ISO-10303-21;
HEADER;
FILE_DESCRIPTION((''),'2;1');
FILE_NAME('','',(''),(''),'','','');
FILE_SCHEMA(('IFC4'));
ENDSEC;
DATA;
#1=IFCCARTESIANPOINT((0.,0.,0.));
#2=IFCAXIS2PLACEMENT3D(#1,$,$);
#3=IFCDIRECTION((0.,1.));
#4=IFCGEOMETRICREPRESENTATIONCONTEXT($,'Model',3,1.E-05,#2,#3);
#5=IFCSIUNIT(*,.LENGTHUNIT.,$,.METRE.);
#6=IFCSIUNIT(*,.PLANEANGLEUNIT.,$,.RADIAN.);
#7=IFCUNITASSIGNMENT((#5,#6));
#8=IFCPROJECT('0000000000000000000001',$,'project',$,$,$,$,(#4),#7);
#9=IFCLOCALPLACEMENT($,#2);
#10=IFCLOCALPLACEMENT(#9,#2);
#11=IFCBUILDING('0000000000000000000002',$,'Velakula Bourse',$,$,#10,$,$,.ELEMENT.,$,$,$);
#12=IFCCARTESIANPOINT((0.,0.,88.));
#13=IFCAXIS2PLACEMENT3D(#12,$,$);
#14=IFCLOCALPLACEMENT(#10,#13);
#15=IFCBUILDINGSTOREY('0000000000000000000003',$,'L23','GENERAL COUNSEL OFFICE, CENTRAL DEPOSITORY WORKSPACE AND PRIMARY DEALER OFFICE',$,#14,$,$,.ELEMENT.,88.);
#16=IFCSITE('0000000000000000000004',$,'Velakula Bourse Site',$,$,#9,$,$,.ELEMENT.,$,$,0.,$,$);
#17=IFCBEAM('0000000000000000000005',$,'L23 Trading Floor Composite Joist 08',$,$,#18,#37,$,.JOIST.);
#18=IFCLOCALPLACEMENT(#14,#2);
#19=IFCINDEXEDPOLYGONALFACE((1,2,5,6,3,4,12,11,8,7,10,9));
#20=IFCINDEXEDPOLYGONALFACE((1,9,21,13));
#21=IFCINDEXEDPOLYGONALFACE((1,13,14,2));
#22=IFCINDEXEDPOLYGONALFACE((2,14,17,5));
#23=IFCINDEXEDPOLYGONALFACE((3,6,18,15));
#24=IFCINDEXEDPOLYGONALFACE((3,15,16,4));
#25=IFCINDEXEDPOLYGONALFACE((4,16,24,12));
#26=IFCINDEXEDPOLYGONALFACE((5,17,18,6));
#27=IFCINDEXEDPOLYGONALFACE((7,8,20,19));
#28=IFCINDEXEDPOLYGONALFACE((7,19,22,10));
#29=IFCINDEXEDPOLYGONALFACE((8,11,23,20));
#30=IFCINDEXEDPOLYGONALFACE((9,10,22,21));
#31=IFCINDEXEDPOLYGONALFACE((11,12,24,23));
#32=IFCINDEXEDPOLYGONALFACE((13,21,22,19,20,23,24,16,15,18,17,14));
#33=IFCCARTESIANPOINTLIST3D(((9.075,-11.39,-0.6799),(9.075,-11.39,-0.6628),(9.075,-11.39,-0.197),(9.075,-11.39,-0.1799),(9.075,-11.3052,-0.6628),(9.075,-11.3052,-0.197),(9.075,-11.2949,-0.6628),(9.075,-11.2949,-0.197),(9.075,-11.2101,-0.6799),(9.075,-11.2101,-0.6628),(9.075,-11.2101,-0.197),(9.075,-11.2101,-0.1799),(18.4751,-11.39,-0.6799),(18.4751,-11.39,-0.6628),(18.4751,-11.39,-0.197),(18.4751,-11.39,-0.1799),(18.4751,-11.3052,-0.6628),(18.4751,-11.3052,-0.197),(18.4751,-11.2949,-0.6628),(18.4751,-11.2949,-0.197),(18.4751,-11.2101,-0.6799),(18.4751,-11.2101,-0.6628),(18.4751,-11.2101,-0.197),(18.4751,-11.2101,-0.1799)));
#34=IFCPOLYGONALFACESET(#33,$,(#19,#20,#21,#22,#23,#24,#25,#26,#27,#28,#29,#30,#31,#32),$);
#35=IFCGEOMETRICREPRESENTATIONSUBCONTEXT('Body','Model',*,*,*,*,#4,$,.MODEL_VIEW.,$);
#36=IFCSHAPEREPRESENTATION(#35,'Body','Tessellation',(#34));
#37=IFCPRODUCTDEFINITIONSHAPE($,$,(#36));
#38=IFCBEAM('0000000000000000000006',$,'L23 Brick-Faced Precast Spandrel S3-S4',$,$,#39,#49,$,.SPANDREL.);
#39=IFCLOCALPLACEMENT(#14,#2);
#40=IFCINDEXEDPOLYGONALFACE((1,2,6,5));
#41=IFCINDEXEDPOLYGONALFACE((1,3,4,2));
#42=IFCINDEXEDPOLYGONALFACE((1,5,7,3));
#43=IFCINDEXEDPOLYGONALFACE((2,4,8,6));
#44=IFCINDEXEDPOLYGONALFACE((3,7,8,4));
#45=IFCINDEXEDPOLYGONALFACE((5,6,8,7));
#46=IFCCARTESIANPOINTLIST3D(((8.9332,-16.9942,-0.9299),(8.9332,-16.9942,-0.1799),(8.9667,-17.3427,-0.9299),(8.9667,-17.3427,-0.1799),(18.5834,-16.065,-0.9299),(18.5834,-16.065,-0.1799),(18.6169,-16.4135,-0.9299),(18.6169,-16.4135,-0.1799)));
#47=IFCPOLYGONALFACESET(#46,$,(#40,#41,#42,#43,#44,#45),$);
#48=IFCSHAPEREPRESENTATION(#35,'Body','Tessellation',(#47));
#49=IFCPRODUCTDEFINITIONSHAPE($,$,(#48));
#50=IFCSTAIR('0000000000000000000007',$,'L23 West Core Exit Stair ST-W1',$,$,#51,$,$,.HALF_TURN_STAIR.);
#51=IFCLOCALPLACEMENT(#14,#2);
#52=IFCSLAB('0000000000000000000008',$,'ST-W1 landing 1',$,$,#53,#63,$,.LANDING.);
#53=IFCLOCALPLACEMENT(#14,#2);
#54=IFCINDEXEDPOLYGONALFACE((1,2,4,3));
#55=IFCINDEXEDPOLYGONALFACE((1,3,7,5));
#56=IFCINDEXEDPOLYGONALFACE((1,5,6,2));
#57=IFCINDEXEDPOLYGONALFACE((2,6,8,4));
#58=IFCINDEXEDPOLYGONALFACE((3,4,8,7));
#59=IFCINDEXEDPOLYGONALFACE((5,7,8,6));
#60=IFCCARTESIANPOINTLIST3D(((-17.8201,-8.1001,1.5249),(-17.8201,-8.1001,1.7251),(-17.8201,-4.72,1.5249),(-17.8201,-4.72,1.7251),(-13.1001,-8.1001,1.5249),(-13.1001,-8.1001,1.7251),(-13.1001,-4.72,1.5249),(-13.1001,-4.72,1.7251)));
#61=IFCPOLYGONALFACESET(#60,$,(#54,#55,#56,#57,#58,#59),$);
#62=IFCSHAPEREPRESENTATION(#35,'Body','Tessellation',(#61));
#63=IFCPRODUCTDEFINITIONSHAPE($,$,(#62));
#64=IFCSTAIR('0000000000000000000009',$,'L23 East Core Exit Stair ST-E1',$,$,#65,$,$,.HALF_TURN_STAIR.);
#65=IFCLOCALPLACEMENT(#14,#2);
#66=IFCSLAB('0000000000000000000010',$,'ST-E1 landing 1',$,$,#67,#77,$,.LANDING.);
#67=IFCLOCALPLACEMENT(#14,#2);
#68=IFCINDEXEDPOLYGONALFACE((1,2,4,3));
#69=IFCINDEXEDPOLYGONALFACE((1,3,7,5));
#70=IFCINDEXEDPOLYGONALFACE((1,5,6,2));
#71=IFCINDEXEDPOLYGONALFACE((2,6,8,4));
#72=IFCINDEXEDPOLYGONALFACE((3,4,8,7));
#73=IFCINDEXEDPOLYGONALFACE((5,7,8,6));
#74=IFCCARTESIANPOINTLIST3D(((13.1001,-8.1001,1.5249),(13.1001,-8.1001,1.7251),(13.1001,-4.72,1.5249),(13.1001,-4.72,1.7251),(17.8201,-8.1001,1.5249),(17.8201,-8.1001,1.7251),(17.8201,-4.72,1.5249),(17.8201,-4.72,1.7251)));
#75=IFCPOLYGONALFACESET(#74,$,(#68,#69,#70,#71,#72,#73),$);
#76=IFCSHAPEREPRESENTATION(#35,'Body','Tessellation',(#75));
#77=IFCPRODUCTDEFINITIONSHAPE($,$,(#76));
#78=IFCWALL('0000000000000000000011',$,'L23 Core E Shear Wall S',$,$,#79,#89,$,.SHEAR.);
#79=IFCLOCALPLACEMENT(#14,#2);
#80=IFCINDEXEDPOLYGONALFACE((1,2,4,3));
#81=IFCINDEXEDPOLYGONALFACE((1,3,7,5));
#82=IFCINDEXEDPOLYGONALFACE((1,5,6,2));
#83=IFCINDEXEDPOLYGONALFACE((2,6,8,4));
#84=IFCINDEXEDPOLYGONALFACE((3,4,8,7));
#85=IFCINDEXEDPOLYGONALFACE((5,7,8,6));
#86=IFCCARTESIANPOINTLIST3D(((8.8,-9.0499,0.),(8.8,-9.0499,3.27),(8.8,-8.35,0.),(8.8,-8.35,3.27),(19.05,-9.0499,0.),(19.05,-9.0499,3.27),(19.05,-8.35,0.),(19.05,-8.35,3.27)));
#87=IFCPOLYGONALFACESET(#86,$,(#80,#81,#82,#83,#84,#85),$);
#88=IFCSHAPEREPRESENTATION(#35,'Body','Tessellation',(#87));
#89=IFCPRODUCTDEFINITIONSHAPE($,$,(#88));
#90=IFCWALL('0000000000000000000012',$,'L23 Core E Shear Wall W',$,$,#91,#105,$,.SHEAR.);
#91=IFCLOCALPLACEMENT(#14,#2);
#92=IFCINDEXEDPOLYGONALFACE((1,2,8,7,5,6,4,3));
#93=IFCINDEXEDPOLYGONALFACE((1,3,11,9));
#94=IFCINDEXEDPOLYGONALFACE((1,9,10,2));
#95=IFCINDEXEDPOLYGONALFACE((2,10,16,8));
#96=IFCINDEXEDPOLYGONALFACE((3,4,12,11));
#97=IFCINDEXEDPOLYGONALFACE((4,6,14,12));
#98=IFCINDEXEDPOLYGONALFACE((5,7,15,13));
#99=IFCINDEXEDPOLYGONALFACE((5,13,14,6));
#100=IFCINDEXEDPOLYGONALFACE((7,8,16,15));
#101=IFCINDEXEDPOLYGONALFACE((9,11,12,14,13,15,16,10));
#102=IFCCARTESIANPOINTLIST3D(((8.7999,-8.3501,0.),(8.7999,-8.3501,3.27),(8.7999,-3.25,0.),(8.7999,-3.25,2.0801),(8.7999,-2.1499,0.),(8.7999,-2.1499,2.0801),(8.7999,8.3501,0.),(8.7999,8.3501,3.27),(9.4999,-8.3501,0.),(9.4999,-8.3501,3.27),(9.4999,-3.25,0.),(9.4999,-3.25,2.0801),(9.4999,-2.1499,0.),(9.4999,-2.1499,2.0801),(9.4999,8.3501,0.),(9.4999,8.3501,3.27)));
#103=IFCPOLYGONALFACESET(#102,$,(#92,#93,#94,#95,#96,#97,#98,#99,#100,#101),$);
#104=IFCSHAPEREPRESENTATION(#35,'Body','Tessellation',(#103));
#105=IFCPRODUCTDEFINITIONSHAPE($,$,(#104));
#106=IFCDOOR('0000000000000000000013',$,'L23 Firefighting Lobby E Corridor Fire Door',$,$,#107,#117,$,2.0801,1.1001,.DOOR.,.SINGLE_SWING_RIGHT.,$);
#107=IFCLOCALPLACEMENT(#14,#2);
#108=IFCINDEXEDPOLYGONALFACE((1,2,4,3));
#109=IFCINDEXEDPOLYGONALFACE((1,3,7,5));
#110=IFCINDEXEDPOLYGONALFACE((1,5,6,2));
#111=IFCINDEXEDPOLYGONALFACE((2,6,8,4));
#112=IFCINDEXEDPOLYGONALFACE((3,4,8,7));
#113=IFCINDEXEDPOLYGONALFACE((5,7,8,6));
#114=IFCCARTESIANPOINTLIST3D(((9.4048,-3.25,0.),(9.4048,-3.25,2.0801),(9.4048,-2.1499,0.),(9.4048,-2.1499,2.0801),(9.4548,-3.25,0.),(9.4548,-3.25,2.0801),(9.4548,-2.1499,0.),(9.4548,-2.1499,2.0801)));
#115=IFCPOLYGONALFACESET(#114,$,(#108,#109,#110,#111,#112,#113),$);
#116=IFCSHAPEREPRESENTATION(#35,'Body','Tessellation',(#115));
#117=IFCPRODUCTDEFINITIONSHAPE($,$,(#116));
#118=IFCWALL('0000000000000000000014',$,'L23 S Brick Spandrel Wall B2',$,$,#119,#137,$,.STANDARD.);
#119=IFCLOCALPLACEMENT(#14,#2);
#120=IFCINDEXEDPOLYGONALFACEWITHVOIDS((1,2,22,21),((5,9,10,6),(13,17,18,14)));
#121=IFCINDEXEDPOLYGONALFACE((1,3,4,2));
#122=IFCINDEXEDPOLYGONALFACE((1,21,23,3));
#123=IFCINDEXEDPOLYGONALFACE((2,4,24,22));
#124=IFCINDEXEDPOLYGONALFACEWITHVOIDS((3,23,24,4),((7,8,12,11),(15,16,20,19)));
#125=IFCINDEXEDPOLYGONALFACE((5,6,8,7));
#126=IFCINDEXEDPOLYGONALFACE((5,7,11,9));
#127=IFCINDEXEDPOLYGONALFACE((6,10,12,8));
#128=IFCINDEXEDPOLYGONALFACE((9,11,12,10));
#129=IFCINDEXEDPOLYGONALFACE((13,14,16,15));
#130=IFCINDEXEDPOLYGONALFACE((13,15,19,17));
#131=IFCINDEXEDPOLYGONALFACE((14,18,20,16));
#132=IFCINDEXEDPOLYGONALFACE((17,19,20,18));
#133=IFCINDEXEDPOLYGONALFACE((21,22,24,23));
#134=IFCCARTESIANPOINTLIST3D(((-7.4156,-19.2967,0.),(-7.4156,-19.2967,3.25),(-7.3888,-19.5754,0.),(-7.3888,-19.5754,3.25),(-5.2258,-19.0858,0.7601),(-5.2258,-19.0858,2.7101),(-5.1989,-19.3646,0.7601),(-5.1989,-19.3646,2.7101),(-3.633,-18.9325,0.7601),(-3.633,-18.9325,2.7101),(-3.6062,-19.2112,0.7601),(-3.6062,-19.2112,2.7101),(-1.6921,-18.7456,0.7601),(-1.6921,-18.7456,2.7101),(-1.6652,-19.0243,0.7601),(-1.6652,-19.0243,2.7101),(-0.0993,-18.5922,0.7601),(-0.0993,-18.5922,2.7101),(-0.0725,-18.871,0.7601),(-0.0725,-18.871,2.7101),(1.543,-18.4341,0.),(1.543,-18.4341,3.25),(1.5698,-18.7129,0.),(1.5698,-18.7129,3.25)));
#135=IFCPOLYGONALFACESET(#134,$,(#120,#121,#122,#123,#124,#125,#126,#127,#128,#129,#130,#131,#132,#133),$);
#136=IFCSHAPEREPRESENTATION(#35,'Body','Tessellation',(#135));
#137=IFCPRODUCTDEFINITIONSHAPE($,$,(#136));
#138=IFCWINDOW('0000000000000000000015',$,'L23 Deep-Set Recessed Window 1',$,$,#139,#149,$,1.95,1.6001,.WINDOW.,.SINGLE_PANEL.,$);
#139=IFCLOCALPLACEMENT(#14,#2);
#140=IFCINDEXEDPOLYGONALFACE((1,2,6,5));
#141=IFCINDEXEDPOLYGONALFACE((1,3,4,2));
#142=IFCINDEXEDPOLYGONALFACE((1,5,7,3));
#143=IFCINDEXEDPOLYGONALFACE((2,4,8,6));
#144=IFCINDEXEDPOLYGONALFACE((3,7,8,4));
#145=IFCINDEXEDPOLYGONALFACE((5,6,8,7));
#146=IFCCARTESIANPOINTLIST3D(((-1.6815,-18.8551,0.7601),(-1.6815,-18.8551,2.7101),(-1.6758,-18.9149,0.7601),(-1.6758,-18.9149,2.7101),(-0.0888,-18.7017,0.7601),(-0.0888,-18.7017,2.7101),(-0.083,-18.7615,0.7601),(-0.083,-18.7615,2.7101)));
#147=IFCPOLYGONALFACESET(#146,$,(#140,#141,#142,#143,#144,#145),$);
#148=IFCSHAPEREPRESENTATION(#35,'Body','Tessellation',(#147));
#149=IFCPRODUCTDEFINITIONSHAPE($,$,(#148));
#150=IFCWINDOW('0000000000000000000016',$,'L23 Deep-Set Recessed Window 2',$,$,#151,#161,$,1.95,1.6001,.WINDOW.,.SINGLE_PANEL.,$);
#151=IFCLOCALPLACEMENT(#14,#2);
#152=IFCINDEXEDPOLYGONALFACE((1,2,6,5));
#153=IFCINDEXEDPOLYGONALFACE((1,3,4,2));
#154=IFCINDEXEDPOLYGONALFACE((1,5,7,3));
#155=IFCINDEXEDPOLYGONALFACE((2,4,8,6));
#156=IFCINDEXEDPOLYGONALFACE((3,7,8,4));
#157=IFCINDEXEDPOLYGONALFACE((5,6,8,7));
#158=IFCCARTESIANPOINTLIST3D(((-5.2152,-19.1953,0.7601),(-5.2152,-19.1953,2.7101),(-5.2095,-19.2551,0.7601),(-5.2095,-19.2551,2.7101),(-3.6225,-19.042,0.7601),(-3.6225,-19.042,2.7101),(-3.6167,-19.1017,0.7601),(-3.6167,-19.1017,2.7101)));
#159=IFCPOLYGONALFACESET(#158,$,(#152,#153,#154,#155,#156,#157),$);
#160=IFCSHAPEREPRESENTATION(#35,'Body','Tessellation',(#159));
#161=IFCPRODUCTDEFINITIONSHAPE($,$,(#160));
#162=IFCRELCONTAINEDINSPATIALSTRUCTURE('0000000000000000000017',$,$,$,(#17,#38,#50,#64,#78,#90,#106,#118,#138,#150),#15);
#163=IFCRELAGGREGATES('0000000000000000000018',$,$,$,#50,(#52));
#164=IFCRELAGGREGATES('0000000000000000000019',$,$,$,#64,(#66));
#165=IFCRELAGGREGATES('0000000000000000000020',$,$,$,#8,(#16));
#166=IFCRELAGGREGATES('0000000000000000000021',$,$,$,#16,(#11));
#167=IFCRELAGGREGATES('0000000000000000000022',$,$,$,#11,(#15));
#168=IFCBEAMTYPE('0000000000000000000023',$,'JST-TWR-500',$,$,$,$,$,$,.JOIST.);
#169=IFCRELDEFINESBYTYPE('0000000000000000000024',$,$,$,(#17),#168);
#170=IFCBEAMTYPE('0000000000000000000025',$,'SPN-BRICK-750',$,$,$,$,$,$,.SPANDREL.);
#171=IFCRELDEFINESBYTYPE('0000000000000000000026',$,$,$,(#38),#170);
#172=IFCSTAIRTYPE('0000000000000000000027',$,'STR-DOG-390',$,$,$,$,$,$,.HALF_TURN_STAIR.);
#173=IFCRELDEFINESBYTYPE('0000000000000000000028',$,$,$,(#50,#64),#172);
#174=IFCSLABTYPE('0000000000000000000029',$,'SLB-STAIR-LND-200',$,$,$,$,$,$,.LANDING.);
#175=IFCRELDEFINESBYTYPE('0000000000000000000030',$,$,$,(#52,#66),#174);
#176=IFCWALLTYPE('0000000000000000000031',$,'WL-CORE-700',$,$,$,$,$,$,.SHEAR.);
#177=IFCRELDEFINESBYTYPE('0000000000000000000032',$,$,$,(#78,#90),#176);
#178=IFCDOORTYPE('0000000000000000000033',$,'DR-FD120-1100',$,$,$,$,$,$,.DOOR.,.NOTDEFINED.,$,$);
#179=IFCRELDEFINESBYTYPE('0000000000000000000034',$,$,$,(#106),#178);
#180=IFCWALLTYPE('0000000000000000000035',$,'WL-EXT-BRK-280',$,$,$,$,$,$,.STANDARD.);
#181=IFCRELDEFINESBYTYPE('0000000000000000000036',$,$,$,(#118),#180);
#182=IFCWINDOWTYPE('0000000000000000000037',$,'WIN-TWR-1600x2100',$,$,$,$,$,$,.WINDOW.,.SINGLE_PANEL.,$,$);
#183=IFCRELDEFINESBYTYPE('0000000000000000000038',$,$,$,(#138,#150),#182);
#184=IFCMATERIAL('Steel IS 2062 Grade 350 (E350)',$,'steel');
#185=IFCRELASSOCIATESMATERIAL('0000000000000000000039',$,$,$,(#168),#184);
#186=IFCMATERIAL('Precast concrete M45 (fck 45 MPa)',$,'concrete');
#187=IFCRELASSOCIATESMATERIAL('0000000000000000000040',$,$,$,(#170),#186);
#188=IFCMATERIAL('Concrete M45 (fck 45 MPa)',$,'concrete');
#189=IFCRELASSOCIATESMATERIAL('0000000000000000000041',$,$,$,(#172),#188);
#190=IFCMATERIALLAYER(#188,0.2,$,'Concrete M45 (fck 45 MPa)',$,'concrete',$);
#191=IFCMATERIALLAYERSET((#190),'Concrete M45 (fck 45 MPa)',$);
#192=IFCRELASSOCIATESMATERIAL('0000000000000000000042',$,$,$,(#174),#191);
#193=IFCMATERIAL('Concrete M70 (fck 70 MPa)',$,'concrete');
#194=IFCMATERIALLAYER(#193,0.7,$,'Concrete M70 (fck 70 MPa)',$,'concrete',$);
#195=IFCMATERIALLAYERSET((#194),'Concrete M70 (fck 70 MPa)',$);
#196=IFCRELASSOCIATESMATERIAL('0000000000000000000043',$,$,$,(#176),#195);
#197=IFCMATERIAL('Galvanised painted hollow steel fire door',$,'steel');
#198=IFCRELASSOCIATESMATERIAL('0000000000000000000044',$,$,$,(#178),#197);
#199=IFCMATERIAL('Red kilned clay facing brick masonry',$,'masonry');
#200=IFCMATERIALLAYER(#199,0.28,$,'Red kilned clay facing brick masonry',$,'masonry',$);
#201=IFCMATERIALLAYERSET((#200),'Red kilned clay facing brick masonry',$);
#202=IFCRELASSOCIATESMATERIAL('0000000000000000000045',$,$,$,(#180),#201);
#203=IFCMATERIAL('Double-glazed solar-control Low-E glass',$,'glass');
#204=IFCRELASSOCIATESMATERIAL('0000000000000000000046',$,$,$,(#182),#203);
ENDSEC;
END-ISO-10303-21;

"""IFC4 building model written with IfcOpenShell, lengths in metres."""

from ifc_helpers import new_model, si_unit, direction, frame, frame_2d, origin, origin_2d, place, context, subcontext, project, spatial, polyline, rectangle, i_section, outline, extrude, material, layer, layer_set, material_profile, profile_set, type_object, element, fill, aggregate, save


model = new_model("IFC4")

# Units and contexts
model_context = context("Model", 3, precision=1e-05, world=origin(), true_north=direction((0.0, 1.0)))
body_context = subcontext(model_context, "Body", "Model", "MODEL_VIEW")
ifc_project = project(units=[si_unit("LENGTHUNIT", "METRE"), si_unit("PLANEANGLEUNIT", "RADIAN")], contexts=[model_context])

# Site, building, storey
site_placement = place(None, origin())
site = spatial("IfcSite", under=ifc_project, at=site_placement, Name="Velakula Bourse Site", CompositionType="ELEMENT", RefElevation=0.0)
building_placement = place(site_placement, origin())
building = spatial("IfcBuilding", under=site, at=building_placement, Name="Velakula Bourse", CompositionType="ELEMENT")
storey_placement = place(building_placement, frame((0.0, 0.0, 88.0)))
storey = spatial("IfcBuildingStorey", under=building, at=storey_placement, Name="L23", Description="GENERAL COUNSEL OFFICE, CENTRAL DEPOSITORY WORKSPACE AND PRIMARY DEALER OFFICE", CompositionType="ELEMENT", Elevation=88.0)

# Shared definitions
ifc_material_1 = material(Name="Concrete M70 (fck 70 MPa)", Category="concrete")

# Beams
ifc_material_2 = material(Name="Steel IS 2062 Grade 350 (E350)", Category="steel")
ifc_material_profile_1 = material_profile(ifc_material_2, i_section(OverallWidth=0.1799, OverallDepth=0.5, WebThickness=0.0103, FlangeThickness=0.0171, at=origin_2d()), Name="Steel IS 2062 Grade 350 (E350)")
ifc_profile_set_1 = profile_set([ifc_material_profile_1], Name="Steel IS 2062 Grade 350 (E350)")
beam_type_1 = type_object("IfcBeamType", Name="JST-TWR-500", PredefinedType="JOIST", material=ifc_profile_set_1)
beam_1_placement = place(storey_placement, frame((9.075, -11.3, -0.4299), z_axis=(1.0, 0.0, 0.0), x_axis=(0.0, 1.0, 0.0)))
element("IfcBeam", 1, at=beam_1_placement, inside=storey, type_object=beam_type_1, Name="L23 Trading Floor Composite Joist 08", PredefinedType="JOIST", context=body_context, shape_type="SweptSolid", body=[
    extrude(i_section(OverallWidth=0.1799, OverallDepth=0.5, WebThickness=0.0103, FlangeThickness=0.0171, at=origin_2d()), origin(), (0.0, 0.0, 1.0), 9.4001),
])
ifc_material_3 = material(Name="Precast concrete M45 (fck 45 MPa)", Category="concrete")
ifc_material_profile_2 = material_profile(ifc_material_3, rectangle(XDim=0.3501, YDim=0.75, at=origin_2d()), Name="Precast concrete M45 (fck 45 MPa)")
ifc_profile_set_2 = profile_set([ifc_material_profile_2], Name="Precast concrete M45 (fck 45 MPa)")
beam_type_2 = type_object("IfcBeamType", Name="SPN-BRICK-750", PredefinedType="SPANDREL", material=ifc_profile_set_2)
beam_2_placement = place(storey_placement, frame((8.95, -17.1685, -0.5549), z_axis=(0.995396, 0.095845, 0.0), x_axis=(-0.095845, 0.995396, 0.0)))
element("IfcBeam", 2, at=beam_2_placement, inside=storey, type_object=beam_type_2, Name="L23 Brick-Faced Precast Spandrel S3-S4", PredefinedType="SPANDREL", context=body_context, shape_type="SweptSolid", body=[
    extrude(rectangle(XDim=0.3501, YDim=0.75, at=origin_2d()), origin(), (0.0, 0.0, 1.0), 9.6948),
])

# Stairs, slabs
ifc_material_4 = material(Name="Concrete M45 (fck 45 MPa)", Category="concrete")
stair_type = type_object("IfcStairType", Name="STR-DOG-390", PredefinedType="HALF_TURN_STAIR", material=ifc_material_4)
stair_1_placement = place(storey_placement, origin())
stair_1 = element("IfcStair", 3, at=stair_1_placement, inside=storey, type_object=stair_type, Name="L23 West Core Exit Stair ST-W1", PredefinedType="HALF_TURN_STAIR")
ifc_layer_1 = layer(ifc_material_4, 0.2, Name="Concrete M45 (fck 45 MPa)", Category="concrete")
ifc_layer_set_1 = layer_set([ifc_layer_1], Name="Concrete M45 (fck 45 MPa)")
slab_type = type_object("IfcSlabType", Name="SLB-STAIR-LND-200", PredefinedType="LANDING", material=ifc_layer_set_1)
slab_1_placement = place(storey_placement, frame((0.0, 0.0, 1.5249)))
slab_1 = element("IfcSlab", 4, at=slab_1_placement, type_object=slab_type, Name="ST-W1 landing 1", PredefinedType="LANDING", context=body_context, shape_type="SweptSolid", body=[
    extrude(outline(polyline([(-17.8201, -4.72), (-17.8201, -8.1001), (-13.1001, -8.1001), (-13.1001, -4.72), (-17.8201, -4.72)])), origin(), (0.0, 0.0, 1.0), 0.2002),
])
aggregate(stair_1, [slab_1])
stair_2_placement = place(storey_placement, origin())
stair_2 = element("IfcStair", 5, at=stair_2_placement, inside=storey, type_object=stair_type, Name="L23 East Core Exit Stair ST-E1", PredefinedType="HALF_TURN_STAIR")
slab_2_placement = place(storey_placement, frame((0.0, 0.0, 1.5249)))
slab_2 = element("IfcSlab", 6, at=slab_2_placement, type_object=slab_type, Name="ST-E1 landing 1", PredefinedType="LANDING", context=body_context, shape_type="SweptSolid", body=[
    extrude(outline(polyline([(13.1001, -4.72), (13.1001, -8.1001), (17.8201, -8.1001), (17.8201, -4.72), (13.1001, -4.72)])), origin(), (0.0, 0.0, 1.0), 0.2002),
])
aggregate(stair_2, [slab_2])

# Wall
ifc_layer_2 = layer(ifc_material_1, 0.7, Name="Concrete M70 (fck 70 MPa)", Category="concrete")
ifc_layer_set_2 = layer_set([ifc_layer_2], Name="Concrete M70 (fck 70 MPa)")
wall_type_1 = type_object("IfcWallType", Name="WL-CORE-700", PredefinedType="SHEAR", material=ifc_layer_set_2)
wall_1_placement = place(storey_placement, frame((8.8, -8.7, 0.0), z_axis=(0.0, 0.0, 1.0), x_axis=(1.0, 0.0, 0.0)))
element("IfcWall", 7, at=wall_1_placement, inside=storey, type_object=wall_type_1, Name="L23 Core E Shear Wall S", PredefinedType="SHEAR", context=body_context, shape_type="SweptSolid", body=[
    extrude(rectangle(XDim=10.25, YDim=0.7, at=frame_2d((5.125, 0.0))), origin(), (0.0, 0.0, 1.0), 3.27),
])

# Wall, opening, door
wall_2_placement = place(storey_placement, frame((9.1499, -8.3501, 0.0), z_axis=(0.0, 0.0, 1.0), x_axis=(0.0, 1.0, 0.0)))
wall_2 = element("IfcWall", 8, at=wall_2_placement, inside=storey, type_object=wall_type_1, Name="L23 Core E Shear Wall W", PredefinedType="SHEAR", context=body_context, shape_type="SweptSolid", body=[
    extrude(rectangle(XDim=16.7002, YDim=0.7, at=frame_2d((8.3501, 0.0))), origin(), (0.0, 0.0, 1.0), 3.27),
])
opening_1_placement = place(wall_2_placement, frame((5.1001, 0.0, 0.0)))
opening_1 = element("IfcOpeningElement", 9, at=opening_1_placement, cuts=wall_2, PredefinedType="OPENING", context=body_context, shape_type="SweptSolid", body=[
    extrude(rectangle(XDim=1.1001, YDim=2.0801, at=frame_2d((0.55, 1.04))), frame((0.0, 0.3599, 0.0), z_axis=(0.0, -1.0, 0.0), x_axis=(1.0, 0.0, 0.0)), (0.0, 0.0, 1.0), 0.72),
])
ifc_material_5 = material(Name="Galvanised painted hollow steel fire door", Category="steel")
door_type_1 = type_object("IfcDoorType", Name="DR-FD120-1100", OperationType="NOTDEFINED", PredefinedType="DOOR", material=ifc_material_5)
door_1_placement = place(opening_1_placement, origin())
door_1 = element("IfcDoor", 10, at=door_1_placement, inside=storey, type_object=door_type_1, Name="L23 Firefighting Lobby E Corridor Fire Door", OperationType="SINGLE_SWING_RIGHT", OverallHeight=2.0801, OverallWidth=1.1001, PredefinedType="DOOR", context=body_context, shape_type="SweptSolid", body=[
    extrude(rectangle(XDim=1.1001, YDim=2.0801, at=frame_2d((0.55, 1.04))), frame((0.0, -0.2549, 0.0), z_axis=(0.0, -1.0, 0.0), x_axis=(1.0, 0.0, 0.0)), (0.0, 0.0, 1.0), 0.05),
])
fill(opening_1, door_1)

# Wall, openings, windows
ifc_material_6 = material(Name="Red kilned clay facing brick masonry", Category="masonry")
ifc_layer_3 = layer(ifc_material_6, 0.28, Name="Red kilned clay facing brick masonry", Category="masonry")
ifc_layer_set_3 = layer_set([ifc_layer_3], Name="Red kilned clay facing brick masonry")
wall_type_2 = type_object("IfcWallType", Name="WL-EXT-BRK-280", PredefinedType="STANDARD", material=ifc_layer_set_3)
wall_3_placement = place(storey_placement, frame((1.5564, -18.5735, 0.0), z_axis=(0.0, 0.0, 1.0), x_axis=(-0.995397, -0.09584, 0.0)))
wall_3 = element("IfcWall", 11, at=wall_3_placement, inside=storey, type_object=wall_type_2, Name="L23 S Brick Spandrel Wall B2", PredefinedType="STANDARD", context=body_context, shape_type="SweptSolid", body=[
    extrude(rectangle(XDim=9.0, YDim=0.28, at=frame_2d((4.5, 0.0))), origin(), (0.0, 0.0, 1.0), 3.25),
])
opening_2_placement = place(wall_3_placement, frame((1.6499, 0.0, 0.76)))
opening_2 = element("IfcOpeningElement", 12, at=opening_2_placement, cuts=wall_3, PredefinedType="OPENING", context=body_context, shape_type="SweptSolid", body=[
    extrude(rectangle(XDim=1.6001, YDim=1.95, at=frame_2d((0.8, 0.9751))), frame((0.0, 0.1499, 0.0), z_axis=(0.0, -1.0, 0.0), x_axis=(1.0, 0.0, 0.0)), (0.0, 0.0, 1.0), 0.3),
])
opening_3_placement = place(wall_3_placement, frame((5.2, 0.0, 0.76)))
opening_3 = element("IfcOpeningElement", 13, at=opening_3_placement, cuts=wall_3, PredefinedType="OPENING", context=body_context, shape_type="SweptSolid", body=[
    extrude(rectangle(XDim=1.6001, YDim=1.95, at=frame_2d((0.8, 0.9751))), frame((0.0, 0.1499, 0.0), z_axis=(0.0, -1.0, 0.0), x_axis=(1.0, 0.0, 0.0)), (0.0, 0.0, 1.0), 0.3),
])
ifc_material_7 = material(Name="Double-glazed solar-control Low-E glass", Category="glass")
window_type = type_object("IfcWindowType", Name="WIN-TWR-1600x2100", PartitioningType="SINGLE_PANEL", PredefinedType="WINDOW", material=ifc_material_7)
window_1_placement = place(opening_2_placement, origin())
window_1 = element("IfcWindow", 14, at=window_1_placement, inside=storey, type_object=window_type, Name="L23 Deep-Set Recessed Window 1", OverallHeight=1.95, OverallWidth=1.6001, PartitioningType="SINGLE_PANEL", PredefinedType="WINDOW", context=body_context, shape_type="SweptSolid", body=[
    extrude(rectangle(XDim=1.6001, YDim=1.95, at=frame_2d((0.8, 0.9751))), frame((0.0, 0.03, 0.0), z_axis=(0.0, -1.0, 0.0), x_axis=(1.0, 0.0, 0.0)), (0.0, 0.0, 1.0), 0.0601),
])
fill(opening_2, window_1)
window_2_placement = place(opening_3_placement, origin())
window_2 = element("IfcWindow", 15, at=window_2_placement, inside=storey, type_object=window_type, Name="L23 Deep-Set Recessed Window 2", OverallHeight=1.95, OverallWidth=1.6001, PartitioningType="SINGLE_PANEL", PredefinedType="WINDOW", context=body_context, shape_type="SweptSolid", body=[
    extrude(rectangle(XDim=1.6001, YDim=1.95, at=frame_2d((0.8, 0.9751))), frame((0.0, 0.03, 0.0), z_axis=(0.0, -1.0, 0.0), x_axis=(1.0, 0.0, 0.0)), (0.0, 0.0, 1.0), 0.0601),
])
fill(opening_3, window_2)

save(model, "model.ifc")
